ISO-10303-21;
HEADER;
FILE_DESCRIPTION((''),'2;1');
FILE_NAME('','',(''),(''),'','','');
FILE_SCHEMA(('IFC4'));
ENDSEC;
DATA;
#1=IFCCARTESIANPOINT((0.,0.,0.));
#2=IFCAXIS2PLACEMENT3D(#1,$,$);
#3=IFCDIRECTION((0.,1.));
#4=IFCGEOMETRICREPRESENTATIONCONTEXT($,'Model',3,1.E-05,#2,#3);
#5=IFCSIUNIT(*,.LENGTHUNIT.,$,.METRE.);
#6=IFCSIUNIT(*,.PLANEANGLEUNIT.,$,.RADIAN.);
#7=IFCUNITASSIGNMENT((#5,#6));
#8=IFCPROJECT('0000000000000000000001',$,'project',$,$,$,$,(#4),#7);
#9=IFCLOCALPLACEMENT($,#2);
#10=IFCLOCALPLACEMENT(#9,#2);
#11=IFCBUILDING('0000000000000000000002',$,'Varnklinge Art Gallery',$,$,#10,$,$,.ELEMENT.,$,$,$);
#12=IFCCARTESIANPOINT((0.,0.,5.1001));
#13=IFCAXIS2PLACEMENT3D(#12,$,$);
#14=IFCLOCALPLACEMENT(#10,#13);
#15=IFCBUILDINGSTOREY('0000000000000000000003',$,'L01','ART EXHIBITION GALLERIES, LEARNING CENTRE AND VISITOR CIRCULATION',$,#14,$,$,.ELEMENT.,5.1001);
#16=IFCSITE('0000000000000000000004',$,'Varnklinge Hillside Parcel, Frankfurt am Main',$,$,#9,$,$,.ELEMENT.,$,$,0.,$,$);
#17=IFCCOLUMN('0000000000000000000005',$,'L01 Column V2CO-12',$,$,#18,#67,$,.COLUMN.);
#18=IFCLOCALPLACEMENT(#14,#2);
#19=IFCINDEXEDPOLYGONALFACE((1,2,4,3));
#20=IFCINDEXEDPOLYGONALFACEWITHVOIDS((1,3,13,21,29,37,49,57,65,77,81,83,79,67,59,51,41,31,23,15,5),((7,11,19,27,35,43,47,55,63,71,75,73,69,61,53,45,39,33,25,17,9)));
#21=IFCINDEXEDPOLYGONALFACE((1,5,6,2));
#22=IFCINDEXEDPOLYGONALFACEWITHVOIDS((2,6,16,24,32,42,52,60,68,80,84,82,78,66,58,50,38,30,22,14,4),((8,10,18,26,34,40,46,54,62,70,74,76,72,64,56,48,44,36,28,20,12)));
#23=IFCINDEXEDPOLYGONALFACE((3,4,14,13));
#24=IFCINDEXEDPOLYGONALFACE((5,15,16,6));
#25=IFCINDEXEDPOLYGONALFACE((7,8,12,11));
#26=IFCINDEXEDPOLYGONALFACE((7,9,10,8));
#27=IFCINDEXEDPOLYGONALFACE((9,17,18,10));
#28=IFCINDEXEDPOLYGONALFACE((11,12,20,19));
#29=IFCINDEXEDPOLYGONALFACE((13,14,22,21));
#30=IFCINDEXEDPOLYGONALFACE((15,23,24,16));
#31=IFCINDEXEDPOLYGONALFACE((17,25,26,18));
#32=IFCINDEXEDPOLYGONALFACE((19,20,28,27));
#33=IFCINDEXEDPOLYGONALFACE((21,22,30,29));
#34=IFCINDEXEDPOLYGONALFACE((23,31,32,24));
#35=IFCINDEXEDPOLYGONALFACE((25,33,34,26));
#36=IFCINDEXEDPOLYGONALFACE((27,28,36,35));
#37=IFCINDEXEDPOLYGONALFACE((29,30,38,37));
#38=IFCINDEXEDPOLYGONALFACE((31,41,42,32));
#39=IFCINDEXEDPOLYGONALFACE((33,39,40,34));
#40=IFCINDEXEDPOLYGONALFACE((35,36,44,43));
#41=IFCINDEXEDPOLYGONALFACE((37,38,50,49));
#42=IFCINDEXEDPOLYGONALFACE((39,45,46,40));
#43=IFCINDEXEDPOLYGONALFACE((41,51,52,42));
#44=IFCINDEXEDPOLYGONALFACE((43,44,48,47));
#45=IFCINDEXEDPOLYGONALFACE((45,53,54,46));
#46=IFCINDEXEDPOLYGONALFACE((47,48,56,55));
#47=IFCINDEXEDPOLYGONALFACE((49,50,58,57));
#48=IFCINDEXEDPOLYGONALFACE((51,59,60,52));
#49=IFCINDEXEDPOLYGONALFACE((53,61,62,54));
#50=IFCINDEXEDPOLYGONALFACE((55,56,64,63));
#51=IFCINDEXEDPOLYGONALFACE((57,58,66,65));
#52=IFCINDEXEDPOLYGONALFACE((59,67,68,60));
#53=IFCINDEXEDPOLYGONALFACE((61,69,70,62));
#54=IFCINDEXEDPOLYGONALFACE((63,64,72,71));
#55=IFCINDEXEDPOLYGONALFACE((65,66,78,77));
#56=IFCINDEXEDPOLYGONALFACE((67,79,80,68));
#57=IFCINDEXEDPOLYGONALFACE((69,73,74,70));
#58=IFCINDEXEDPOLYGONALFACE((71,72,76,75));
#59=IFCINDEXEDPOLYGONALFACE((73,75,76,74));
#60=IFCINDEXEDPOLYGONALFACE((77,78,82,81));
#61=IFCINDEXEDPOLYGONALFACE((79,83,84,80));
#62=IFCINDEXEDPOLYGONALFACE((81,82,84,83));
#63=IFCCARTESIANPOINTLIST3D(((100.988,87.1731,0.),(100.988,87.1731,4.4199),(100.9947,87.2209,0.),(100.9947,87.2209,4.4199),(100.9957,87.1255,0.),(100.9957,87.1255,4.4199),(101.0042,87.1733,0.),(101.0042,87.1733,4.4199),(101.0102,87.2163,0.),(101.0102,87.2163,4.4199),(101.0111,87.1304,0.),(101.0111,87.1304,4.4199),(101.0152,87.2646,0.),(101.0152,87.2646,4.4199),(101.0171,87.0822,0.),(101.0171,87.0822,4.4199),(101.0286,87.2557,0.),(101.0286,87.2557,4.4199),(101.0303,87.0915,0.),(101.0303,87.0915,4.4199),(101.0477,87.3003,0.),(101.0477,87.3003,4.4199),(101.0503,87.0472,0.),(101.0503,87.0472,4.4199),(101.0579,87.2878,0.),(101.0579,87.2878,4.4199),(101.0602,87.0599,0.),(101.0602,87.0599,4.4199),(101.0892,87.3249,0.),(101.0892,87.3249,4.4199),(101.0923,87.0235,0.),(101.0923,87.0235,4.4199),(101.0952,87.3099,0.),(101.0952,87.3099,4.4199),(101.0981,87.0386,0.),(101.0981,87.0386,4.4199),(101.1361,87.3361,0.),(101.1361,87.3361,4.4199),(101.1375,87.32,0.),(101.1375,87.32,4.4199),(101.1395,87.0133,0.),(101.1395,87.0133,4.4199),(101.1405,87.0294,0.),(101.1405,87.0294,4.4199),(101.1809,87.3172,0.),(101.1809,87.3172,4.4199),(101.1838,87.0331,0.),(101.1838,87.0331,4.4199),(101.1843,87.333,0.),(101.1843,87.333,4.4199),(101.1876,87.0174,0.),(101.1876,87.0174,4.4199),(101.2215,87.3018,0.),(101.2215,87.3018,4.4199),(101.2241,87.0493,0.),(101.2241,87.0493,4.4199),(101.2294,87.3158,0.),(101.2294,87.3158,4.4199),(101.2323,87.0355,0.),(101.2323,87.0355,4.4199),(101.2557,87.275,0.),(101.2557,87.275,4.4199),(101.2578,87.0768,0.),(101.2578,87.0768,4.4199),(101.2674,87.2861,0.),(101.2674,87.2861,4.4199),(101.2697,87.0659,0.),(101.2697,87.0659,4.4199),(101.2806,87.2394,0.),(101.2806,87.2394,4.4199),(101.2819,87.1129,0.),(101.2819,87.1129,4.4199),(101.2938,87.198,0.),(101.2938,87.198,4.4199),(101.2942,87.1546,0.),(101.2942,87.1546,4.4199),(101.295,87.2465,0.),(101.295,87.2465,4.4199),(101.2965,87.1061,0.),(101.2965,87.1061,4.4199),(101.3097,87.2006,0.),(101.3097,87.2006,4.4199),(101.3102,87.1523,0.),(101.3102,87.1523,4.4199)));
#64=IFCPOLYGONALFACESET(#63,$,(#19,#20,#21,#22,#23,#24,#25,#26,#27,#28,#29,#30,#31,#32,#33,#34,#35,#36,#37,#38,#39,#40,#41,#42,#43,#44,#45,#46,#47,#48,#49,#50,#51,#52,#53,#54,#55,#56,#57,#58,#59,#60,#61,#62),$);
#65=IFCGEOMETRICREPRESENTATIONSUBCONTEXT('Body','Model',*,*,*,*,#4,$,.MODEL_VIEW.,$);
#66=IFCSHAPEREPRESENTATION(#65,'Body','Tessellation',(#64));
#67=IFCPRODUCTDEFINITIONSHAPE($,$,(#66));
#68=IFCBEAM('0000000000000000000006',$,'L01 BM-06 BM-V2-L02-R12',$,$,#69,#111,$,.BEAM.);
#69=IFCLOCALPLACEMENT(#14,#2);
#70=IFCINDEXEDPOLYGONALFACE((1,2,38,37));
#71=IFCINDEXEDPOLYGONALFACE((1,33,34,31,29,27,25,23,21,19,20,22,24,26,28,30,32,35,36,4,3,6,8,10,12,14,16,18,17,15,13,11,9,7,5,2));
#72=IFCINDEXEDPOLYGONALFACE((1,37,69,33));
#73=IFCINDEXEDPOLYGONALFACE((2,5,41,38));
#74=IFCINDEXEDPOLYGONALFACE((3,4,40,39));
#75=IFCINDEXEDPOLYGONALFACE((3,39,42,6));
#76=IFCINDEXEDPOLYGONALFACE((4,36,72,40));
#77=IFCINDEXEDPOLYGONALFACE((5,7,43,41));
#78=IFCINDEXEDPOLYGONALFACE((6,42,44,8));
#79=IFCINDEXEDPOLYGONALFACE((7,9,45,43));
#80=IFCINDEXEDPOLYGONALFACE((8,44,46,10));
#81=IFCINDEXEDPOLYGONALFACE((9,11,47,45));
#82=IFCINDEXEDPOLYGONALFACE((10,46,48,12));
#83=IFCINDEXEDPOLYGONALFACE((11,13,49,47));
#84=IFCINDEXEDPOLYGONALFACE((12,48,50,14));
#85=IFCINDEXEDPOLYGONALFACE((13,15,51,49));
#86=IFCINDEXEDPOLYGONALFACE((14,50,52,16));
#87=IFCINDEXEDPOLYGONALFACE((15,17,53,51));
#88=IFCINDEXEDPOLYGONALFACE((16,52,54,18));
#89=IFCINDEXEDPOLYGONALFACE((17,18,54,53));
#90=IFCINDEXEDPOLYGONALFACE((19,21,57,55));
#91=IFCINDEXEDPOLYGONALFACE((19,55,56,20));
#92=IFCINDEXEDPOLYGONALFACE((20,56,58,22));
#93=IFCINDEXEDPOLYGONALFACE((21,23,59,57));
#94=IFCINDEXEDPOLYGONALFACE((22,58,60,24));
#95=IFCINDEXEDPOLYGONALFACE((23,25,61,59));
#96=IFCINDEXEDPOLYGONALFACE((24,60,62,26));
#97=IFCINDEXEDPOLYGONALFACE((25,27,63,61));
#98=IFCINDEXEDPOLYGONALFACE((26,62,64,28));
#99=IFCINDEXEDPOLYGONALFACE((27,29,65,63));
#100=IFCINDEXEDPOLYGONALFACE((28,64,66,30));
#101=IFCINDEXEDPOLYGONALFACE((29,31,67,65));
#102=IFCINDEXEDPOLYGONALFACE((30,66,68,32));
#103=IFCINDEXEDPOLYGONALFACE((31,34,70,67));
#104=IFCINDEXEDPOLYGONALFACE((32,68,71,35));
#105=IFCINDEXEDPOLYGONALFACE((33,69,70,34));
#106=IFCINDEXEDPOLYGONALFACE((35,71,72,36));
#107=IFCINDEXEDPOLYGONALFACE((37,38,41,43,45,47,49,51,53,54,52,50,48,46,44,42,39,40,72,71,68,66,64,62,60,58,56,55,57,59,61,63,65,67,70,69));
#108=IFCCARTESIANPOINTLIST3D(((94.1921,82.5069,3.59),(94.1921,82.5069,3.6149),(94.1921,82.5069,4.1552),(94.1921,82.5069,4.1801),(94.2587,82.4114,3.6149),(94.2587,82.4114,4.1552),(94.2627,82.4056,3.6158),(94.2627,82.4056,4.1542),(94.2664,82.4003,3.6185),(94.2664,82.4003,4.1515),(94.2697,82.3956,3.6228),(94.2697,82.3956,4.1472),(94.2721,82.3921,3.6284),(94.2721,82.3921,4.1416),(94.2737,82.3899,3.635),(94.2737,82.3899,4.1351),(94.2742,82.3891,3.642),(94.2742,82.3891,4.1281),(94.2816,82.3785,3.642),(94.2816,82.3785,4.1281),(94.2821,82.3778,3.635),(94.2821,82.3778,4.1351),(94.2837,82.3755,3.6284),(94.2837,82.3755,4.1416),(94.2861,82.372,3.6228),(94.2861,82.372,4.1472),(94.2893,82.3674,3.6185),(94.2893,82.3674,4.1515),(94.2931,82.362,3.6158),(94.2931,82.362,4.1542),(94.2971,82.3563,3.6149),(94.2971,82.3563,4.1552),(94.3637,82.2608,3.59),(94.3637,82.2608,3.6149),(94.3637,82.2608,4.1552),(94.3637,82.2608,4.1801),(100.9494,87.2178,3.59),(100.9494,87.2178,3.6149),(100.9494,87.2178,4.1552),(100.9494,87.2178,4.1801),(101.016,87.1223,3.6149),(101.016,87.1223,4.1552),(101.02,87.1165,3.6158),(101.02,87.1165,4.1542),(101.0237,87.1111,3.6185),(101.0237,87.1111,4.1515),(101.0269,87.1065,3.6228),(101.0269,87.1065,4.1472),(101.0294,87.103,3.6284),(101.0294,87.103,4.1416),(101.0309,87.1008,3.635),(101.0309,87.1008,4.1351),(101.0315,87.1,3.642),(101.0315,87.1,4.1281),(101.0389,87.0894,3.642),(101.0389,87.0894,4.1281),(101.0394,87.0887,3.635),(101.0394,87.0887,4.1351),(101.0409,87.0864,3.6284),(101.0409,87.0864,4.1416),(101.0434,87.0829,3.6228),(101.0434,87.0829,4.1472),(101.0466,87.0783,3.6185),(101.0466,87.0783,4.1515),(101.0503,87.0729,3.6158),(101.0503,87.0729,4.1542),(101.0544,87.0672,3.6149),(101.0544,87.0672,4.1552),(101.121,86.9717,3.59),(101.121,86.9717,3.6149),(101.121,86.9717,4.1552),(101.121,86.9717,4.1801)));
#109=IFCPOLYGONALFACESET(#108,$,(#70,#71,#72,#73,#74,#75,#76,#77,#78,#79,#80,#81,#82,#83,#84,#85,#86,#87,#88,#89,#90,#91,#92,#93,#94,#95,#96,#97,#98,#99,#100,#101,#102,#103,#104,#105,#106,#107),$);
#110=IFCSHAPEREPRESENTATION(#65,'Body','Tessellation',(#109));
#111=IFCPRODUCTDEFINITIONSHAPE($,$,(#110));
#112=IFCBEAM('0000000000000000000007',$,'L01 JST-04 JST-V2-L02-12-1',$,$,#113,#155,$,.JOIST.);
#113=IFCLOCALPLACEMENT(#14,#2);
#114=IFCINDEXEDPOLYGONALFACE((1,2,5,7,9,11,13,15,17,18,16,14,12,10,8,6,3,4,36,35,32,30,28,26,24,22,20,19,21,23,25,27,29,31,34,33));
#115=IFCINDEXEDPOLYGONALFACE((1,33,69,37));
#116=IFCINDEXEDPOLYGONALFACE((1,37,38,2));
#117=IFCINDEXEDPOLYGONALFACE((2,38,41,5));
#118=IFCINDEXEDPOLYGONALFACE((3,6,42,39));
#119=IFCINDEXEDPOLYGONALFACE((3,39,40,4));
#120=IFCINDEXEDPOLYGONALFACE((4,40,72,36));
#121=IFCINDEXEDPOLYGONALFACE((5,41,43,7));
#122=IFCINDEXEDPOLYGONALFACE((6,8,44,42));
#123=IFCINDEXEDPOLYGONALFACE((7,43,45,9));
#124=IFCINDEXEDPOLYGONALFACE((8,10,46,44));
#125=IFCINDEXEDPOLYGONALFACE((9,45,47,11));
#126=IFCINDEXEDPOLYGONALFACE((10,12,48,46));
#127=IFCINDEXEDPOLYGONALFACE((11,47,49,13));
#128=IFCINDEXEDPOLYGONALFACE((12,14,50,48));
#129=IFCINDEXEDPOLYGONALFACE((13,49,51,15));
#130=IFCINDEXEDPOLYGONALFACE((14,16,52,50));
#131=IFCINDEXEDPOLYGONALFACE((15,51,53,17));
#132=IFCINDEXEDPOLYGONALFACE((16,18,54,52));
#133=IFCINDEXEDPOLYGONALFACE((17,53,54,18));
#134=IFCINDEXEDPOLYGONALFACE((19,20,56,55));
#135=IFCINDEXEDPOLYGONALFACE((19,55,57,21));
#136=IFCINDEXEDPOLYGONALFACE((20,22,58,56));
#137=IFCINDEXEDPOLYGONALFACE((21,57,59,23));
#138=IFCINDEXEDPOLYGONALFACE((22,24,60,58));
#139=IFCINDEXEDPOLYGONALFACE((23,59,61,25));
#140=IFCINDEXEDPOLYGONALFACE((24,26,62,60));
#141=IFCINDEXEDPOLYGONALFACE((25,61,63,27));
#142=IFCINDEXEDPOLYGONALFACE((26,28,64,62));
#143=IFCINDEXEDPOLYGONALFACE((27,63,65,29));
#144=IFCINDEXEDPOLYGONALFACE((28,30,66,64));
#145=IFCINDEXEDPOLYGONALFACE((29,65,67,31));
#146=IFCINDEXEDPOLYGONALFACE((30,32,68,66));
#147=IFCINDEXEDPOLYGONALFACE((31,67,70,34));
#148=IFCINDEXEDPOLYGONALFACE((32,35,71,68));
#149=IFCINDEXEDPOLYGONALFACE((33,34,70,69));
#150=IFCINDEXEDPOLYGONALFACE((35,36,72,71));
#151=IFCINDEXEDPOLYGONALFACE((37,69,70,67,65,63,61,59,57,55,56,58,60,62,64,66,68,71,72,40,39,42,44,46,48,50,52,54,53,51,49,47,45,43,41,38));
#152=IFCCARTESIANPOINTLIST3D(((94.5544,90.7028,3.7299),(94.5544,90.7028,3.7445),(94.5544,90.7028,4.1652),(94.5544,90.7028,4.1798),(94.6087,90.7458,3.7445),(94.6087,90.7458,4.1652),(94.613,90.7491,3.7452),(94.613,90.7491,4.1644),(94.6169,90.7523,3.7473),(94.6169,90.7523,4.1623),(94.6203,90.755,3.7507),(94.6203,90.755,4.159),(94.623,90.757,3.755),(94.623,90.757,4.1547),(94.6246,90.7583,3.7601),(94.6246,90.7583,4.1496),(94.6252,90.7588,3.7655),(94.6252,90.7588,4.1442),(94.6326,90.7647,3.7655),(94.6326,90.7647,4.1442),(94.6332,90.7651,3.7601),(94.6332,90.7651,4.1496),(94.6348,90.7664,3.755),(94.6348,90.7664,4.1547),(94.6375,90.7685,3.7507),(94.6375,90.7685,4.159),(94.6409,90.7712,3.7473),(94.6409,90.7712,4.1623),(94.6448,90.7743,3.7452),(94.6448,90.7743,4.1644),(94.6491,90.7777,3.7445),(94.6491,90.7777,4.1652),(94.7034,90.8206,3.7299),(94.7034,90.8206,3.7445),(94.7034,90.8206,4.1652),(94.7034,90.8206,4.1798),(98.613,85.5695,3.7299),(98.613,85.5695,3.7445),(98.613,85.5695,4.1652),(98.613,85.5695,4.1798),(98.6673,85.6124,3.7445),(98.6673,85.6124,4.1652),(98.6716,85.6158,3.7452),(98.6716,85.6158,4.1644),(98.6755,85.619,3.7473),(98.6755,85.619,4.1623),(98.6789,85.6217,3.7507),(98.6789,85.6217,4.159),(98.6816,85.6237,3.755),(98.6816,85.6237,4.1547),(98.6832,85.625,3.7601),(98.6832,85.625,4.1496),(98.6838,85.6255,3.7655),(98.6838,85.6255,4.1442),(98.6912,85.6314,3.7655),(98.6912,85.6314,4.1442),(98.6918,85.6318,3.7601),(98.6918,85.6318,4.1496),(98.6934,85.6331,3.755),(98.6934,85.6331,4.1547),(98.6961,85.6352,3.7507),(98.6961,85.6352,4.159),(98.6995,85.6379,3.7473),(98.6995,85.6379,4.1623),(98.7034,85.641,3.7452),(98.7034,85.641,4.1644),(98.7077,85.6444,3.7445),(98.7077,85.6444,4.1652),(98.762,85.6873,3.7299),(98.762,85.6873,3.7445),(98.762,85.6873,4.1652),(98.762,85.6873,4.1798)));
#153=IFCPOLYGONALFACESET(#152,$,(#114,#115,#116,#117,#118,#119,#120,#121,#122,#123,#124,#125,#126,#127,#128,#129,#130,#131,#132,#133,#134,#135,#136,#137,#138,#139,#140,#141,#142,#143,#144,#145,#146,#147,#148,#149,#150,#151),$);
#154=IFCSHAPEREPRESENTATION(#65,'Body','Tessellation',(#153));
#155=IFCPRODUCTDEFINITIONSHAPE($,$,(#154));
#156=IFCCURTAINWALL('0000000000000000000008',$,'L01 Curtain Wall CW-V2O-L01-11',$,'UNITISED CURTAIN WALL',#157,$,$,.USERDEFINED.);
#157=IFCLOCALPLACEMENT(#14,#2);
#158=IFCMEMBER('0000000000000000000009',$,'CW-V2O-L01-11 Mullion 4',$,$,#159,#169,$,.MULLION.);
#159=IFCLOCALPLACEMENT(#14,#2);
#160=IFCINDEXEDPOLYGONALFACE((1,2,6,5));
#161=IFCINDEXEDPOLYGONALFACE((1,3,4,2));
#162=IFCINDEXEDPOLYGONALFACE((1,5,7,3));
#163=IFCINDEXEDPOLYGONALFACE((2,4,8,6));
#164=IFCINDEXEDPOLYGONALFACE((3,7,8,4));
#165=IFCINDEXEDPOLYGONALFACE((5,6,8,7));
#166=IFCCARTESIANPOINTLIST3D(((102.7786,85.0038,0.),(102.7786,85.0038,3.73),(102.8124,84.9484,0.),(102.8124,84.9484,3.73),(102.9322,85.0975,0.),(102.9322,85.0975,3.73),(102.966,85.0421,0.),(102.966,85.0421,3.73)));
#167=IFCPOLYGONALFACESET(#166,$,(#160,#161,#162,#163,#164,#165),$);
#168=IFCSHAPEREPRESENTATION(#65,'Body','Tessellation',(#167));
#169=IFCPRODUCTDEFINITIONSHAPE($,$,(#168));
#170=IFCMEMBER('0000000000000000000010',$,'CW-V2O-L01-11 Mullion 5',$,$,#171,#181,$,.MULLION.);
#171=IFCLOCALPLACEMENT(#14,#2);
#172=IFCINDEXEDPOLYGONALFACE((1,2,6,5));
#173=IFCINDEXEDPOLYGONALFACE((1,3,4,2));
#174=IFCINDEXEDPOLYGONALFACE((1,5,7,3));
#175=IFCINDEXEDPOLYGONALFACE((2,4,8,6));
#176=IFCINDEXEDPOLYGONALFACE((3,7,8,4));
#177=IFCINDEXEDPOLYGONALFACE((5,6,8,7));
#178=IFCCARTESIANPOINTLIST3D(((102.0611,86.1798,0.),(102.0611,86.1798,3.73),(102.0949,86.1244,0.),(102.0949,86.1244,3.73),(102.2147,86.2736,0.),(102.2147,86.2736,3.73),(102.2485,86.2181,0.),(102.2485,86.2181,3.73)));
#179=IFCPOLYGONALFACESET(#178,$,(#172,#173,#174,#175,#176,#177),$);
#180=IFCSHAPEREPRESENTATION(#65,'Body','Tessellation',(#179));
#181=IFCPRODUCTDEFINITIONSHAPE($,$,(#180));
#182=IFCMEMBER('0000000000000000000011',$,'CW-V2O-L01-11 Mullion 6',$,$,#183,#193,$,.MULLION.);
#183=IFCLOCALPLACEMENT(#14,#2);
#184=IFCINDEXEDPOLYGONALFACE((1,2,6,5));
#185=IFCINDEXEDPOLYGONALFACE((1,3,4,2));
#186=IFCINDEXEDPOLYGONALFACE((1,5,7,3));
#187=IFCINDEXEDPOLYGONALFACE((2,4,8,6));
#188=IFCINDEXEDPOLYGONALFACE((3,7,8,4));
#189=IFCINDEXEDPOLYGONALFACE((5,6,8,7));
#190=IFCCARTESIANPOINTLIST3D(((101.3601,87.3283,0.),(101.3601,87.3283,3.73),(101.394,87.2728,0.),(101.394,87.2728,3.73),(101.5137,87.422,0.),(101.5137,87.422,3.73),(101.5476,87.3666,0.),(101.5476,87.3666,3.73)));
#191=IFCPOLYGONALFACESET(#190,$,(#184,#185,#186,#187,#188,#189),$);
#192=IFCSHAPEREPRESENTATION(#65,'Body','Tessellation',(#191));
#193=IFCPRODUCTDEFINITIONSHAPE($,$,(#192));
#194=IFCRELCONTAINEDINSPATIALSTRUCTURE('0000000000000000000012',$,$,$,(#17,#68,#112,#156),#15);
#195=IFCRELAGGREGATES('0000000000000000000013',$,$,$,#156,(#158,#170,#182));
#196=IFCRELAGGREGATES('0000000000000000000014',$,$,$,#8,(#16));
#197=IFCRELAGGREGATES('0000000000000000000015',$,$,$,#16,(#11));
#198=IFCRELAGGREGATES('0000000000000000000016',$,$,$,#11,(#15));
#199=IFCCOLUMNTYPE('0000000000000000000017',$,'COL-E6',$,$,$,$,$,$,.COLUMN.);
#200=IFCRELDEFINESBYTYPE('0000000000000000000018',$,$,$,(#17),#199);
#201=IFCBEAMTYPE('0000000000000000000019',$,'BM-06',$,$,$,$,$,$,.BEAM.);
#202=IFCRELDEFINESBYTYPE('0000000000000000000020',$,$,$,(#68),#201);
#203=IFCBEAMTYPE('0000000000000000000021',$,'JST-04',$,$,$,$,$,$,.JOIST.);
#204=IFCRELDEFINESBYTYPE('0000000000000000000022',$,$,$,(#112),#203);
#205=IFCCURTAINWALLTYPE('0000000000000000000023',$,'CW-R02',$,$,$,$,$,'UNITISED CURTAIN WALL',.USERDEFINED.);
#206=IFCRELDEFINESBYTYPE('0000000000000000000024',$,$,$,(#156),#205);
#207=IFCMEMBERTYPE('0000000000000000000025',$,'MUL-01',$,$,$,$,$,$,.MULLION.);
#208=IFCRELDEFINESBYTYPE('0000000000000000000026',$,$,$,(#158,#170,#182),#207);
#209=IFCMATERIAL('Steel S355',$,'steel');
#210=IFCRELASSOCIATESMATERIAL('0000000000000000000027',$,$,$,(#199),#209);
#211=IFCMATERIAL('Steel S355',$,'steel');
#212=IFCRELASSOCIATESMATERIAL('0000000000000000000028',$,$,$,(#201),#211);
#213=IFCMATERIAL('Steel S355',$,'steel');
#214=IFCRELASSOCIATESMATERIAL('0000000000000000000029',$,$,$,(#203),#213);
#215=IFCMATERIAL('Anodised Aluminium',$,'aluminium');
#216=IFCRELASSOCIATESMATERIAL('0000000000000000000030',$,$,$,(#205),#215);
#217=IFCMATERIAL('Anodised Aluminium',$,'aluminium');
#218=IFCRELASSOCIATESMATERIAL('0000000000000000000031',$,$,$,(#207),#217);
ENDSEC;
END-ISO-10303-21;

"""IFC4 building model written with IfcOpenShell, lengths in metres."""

from ifc_helpers import new_model, si_unit, direction, frame, origin, origin_2d, place, context, subcontext, project, spatial, rectangle, hollow_circle, i_section, extrude, material, material_profile, profile_set, type_object, element, aggregate, save


model = new_model("IFC4")

# Units and contexts
model_context = context("Model", 3, precision=1e-05, world=origin(), true_north=direction((0.0, 1.0)))
body_context = subcontext(model_context, "Body", "Model", "MODEL_VIEW")
ifc_project = project(units=[si_unit("LENGTHUNIT", "METRE"), si_unit("PLANEANGLEUNIT", "RADIAN")], contexts=[model_context])

# Site, building, storey
site_placement = place(None, origin())
site = spatial("IfcSite", under=ifc_project, at=site_placement, Name="Varnklinge Hillside Parcel, Frankfurt am Main", CompositionType="ELEMENT", RefElevation=0.0)
building_placement = place(site_placement, origin())
building = spatial("IfcBuilding", under=site, at=building_placement, Name="Varnklinge Art Gallery", CompositionType="ELEMENT")
storey_placement = place(building_placement, frame((0.0, 0.0, 5.1001)))
storey = spatial("IfcBuildingStorey", under=building, at=storey_placement, Name="L01", Description="ART EXHIBITION GALLERIES, LEARNING CENTRE AND VISITOR CIRCULATION", CompositionType="ELEMENT", Elevation=5.1001)

# Column
ifc_material_1 = material(Name="Steel S355", Category="steel")
ifc_material_profile_1 = material_profile(ifc_material_1, hollow_circle(Radius=0.1619, WallThickness=0.0161, at=origin_2d()), Name="CHS 323.9x16")
ifc_profile_set_1 = profile_set([ifc_material_profile_1], Name="Steel S355")
column_type = type_object("IfcColumnType", Name="COL-E6", PredefinedType="COLUMN", material=ifc_profile_set_1)
column_placement = place(storey_placement, frame((101.1499, 87.1748, 0.0), z_axis=(0.0, 0.0, 1.0), x_axis=(-0.820352, -0.57186, 0.0)))
element("IfcColumn", 1, at=column_placement, inside=storey, type_object=column_type, Name="L01 Column V2CO-12", PredefinedType="COLUMN", context=body_context, shape_type="SweptSolid", body=[
    extrude(hollow_circle(Radius=0.1619, WallThickness=0.0161, at=origin_2d()), origin(), (0.0, 0.0, 1.0), 4.4199),
])

# Beams
ifc_material_2 = material(Name="Steel S355", Category="steel")
ifc_material_profile_2 = material_profile(ifc_material_2, i_section(OverallWidth=0.3, OverallDepth=0.5901, WebThickness=0.0129, FlangeThickness=0.0249, FilletRadius=0.0271, at=origin_2d()), Name="HEA 600")
ifc_profile_set_2 = profile_set([ifc_material_profile_2], Name="Steel S355")
beam_type_1 = type_object("IfcBeamType", Name="BM-06", PredefinedType="BEAM", material=ifc_profile_set_2)
beam_1_placement = place(storey_placement, frame((101.0352, 87.0947, 3.885), z_axis=(-0.820325, -0.571898, 0.0), x_axis=(0.571898, -0.820325, 0.0)))
element("IfcBeam", 2, at=beam_1_placement, inside=storey, type_object=beam_type_1, Name="L01 BM-06 BM-V2-L02-R12", PredefinedType="BEAM", context=body_context, shape_type="SweptSolid", body=[
    extrude(i_section(OverallWidth=0.3, OverallDepth=0.5901, WebThickness=0.0129, FlangeThickness=0.0249, FilletRadius=0.0271, at=origin_2d()), origin(), (0.0, 0.0, 1.0), 8.2373),
])
ifc_material_3 = material(Name="Steel S355", Category="steel")
ifc_material_profile_3 = material_profile(ifc_material_3, i_section(OverallWidth=0.1899, OverallDepth=0.45, WebThickness=0.0095, FlangeThickness=0.0146, FilletRadius=0.021, at=origin_2d()), Name="IPE 450")
ifc_profile_set_3 = profile_set([ifc_material_profile_3], Name="Steel S355")
beam_type_2 = type_object("IfcBeamType", Name="JST-04", PredefinedType="JOIST", material=ifc_profile_set_3)
beam_2_placement = place(storey_placement, frame((98.6875, 85.6284, 3.9548), z_axis=(-0.620208, 0.784438, 0.0), x_axis=(-0.784438, -0.620208, 0.0)))
element("IfcBeam", 3, at=beam_2_placement, inside=storey, type_object=beam_type_2, Name="L01 JST-04 JST-V2-L02-12-1", PredefinedType="JOIST", context=body_context, shape_type="SweptSolid", body=[
    extrude(i_section(OverallWidth=0.1899, OverallDepth=0.45, WebThickness=0.0095, FlangeThickness=0.0146, FilletRadius=0.021, at=origin_2d()), origin(), (0.0, 0.0, 1.0), 6.5439),
])

# Curtain wall, members
ifc_material_4 = material(Name="Anodised Aluminium", Category="aluminium")
curtain_wall_type = type_object("IfcCurtainWallType", Name="CW-R02", ElementType="UNITISED CURTAIN WALL", PredefinedType="USERDEFINED", material=ifc_material_4)
curtain_wall_1_placement = place(storey_placement, origin())
curtain_wall_1 = element("IfcCurtainWall", 4, at=curtain_wall_1_placement, inside=storey, type_object=curtain_wall_type, Name="L01 Curtain Wall CW-V2O-L01-11", ObjectType="UNITISED CURTAIN WALL", PredefinedType="USERDEFINED")
ifc_material_5 = material(Name="Anodised Aluminium", Category="aluminium")
ifc_material_profile_4 = material_profile(ifc_material_5, rectangle(XDim=0.0649, YDim=0.1799, at=origin_2d()), Name="ALU 65x180")
ifc_profile_set_4 = profile_set([ifc_material_profile_4], Name="Anodised Aluminium")
member_type_1 = type_object("IfcMemberType", Name="MUL-01", PredefinedType="MULLION", material=ifc_profile_set_4)
member_1_placement = place(storey_placement, frame((102.8723, 85.0229, 0.0), z_axis=(0.0, 0.0, 1.0), x_axis=(-0.520861, 0.853642, 0.0)))
member_1 = element("IfcMember", 5, at=member_1_placement, type_object=member_type_1, Name="CW-V2O-L01-11 Mullion 4", PredefinedType="MULLION", context=body_context, shape_type="SweptSolid", body=[
    extrude(rectangle(XDim=0.0649, YDim=0.1799, at=origin_2d()), origin(), (0.0, 0.0, 1.0), 3.73),
])
member_2_placement = place(storey_placement, frame((102.1548, 86.199, 0.0), z_axis=(0.0, 0.0, 1.0), x_axis=(-0.520861, 0.853642, 0.0)))
member_2 = element("IfcMember", 6, at=member_2_placement, type_object=member_type_1, Name="CW-V2O-L01-11 Mullion 5", PredefinedType="MULLION", context=body_context, shape_type="SweptSolid", body=[
    extrude(rectangle(XDim=0.0649, YDim=0.1799, at=origin_2d()), origin(), (0.0, 0.0, 1.0), 3.73),
])
member_3_placement = place(storey_placement, frame((101.4539, 87.3474, 0.0), z_axis=(0.0, 0.0, 1.0), x_axis=(-0.520861, 0.853642, 0.0)))
member_3 = element("IfcMember", 7, at=member_3_placement, type_object=member_type_1, Name="CW-V2O-L01-11 Mullion 6", PredefinedType="MULLION", context=body_context, shape_type="SweptSolid", body=[
    extrude(rectangle(XDim=0.0649, YDim=0.1799, at=origin_2d()), origin(), (0.0, 0.0, 1.0), 3.73),
])

aggregate(curtain_wall_1, [member_1, member_2, member_3])

save(model, "model.ifc")
